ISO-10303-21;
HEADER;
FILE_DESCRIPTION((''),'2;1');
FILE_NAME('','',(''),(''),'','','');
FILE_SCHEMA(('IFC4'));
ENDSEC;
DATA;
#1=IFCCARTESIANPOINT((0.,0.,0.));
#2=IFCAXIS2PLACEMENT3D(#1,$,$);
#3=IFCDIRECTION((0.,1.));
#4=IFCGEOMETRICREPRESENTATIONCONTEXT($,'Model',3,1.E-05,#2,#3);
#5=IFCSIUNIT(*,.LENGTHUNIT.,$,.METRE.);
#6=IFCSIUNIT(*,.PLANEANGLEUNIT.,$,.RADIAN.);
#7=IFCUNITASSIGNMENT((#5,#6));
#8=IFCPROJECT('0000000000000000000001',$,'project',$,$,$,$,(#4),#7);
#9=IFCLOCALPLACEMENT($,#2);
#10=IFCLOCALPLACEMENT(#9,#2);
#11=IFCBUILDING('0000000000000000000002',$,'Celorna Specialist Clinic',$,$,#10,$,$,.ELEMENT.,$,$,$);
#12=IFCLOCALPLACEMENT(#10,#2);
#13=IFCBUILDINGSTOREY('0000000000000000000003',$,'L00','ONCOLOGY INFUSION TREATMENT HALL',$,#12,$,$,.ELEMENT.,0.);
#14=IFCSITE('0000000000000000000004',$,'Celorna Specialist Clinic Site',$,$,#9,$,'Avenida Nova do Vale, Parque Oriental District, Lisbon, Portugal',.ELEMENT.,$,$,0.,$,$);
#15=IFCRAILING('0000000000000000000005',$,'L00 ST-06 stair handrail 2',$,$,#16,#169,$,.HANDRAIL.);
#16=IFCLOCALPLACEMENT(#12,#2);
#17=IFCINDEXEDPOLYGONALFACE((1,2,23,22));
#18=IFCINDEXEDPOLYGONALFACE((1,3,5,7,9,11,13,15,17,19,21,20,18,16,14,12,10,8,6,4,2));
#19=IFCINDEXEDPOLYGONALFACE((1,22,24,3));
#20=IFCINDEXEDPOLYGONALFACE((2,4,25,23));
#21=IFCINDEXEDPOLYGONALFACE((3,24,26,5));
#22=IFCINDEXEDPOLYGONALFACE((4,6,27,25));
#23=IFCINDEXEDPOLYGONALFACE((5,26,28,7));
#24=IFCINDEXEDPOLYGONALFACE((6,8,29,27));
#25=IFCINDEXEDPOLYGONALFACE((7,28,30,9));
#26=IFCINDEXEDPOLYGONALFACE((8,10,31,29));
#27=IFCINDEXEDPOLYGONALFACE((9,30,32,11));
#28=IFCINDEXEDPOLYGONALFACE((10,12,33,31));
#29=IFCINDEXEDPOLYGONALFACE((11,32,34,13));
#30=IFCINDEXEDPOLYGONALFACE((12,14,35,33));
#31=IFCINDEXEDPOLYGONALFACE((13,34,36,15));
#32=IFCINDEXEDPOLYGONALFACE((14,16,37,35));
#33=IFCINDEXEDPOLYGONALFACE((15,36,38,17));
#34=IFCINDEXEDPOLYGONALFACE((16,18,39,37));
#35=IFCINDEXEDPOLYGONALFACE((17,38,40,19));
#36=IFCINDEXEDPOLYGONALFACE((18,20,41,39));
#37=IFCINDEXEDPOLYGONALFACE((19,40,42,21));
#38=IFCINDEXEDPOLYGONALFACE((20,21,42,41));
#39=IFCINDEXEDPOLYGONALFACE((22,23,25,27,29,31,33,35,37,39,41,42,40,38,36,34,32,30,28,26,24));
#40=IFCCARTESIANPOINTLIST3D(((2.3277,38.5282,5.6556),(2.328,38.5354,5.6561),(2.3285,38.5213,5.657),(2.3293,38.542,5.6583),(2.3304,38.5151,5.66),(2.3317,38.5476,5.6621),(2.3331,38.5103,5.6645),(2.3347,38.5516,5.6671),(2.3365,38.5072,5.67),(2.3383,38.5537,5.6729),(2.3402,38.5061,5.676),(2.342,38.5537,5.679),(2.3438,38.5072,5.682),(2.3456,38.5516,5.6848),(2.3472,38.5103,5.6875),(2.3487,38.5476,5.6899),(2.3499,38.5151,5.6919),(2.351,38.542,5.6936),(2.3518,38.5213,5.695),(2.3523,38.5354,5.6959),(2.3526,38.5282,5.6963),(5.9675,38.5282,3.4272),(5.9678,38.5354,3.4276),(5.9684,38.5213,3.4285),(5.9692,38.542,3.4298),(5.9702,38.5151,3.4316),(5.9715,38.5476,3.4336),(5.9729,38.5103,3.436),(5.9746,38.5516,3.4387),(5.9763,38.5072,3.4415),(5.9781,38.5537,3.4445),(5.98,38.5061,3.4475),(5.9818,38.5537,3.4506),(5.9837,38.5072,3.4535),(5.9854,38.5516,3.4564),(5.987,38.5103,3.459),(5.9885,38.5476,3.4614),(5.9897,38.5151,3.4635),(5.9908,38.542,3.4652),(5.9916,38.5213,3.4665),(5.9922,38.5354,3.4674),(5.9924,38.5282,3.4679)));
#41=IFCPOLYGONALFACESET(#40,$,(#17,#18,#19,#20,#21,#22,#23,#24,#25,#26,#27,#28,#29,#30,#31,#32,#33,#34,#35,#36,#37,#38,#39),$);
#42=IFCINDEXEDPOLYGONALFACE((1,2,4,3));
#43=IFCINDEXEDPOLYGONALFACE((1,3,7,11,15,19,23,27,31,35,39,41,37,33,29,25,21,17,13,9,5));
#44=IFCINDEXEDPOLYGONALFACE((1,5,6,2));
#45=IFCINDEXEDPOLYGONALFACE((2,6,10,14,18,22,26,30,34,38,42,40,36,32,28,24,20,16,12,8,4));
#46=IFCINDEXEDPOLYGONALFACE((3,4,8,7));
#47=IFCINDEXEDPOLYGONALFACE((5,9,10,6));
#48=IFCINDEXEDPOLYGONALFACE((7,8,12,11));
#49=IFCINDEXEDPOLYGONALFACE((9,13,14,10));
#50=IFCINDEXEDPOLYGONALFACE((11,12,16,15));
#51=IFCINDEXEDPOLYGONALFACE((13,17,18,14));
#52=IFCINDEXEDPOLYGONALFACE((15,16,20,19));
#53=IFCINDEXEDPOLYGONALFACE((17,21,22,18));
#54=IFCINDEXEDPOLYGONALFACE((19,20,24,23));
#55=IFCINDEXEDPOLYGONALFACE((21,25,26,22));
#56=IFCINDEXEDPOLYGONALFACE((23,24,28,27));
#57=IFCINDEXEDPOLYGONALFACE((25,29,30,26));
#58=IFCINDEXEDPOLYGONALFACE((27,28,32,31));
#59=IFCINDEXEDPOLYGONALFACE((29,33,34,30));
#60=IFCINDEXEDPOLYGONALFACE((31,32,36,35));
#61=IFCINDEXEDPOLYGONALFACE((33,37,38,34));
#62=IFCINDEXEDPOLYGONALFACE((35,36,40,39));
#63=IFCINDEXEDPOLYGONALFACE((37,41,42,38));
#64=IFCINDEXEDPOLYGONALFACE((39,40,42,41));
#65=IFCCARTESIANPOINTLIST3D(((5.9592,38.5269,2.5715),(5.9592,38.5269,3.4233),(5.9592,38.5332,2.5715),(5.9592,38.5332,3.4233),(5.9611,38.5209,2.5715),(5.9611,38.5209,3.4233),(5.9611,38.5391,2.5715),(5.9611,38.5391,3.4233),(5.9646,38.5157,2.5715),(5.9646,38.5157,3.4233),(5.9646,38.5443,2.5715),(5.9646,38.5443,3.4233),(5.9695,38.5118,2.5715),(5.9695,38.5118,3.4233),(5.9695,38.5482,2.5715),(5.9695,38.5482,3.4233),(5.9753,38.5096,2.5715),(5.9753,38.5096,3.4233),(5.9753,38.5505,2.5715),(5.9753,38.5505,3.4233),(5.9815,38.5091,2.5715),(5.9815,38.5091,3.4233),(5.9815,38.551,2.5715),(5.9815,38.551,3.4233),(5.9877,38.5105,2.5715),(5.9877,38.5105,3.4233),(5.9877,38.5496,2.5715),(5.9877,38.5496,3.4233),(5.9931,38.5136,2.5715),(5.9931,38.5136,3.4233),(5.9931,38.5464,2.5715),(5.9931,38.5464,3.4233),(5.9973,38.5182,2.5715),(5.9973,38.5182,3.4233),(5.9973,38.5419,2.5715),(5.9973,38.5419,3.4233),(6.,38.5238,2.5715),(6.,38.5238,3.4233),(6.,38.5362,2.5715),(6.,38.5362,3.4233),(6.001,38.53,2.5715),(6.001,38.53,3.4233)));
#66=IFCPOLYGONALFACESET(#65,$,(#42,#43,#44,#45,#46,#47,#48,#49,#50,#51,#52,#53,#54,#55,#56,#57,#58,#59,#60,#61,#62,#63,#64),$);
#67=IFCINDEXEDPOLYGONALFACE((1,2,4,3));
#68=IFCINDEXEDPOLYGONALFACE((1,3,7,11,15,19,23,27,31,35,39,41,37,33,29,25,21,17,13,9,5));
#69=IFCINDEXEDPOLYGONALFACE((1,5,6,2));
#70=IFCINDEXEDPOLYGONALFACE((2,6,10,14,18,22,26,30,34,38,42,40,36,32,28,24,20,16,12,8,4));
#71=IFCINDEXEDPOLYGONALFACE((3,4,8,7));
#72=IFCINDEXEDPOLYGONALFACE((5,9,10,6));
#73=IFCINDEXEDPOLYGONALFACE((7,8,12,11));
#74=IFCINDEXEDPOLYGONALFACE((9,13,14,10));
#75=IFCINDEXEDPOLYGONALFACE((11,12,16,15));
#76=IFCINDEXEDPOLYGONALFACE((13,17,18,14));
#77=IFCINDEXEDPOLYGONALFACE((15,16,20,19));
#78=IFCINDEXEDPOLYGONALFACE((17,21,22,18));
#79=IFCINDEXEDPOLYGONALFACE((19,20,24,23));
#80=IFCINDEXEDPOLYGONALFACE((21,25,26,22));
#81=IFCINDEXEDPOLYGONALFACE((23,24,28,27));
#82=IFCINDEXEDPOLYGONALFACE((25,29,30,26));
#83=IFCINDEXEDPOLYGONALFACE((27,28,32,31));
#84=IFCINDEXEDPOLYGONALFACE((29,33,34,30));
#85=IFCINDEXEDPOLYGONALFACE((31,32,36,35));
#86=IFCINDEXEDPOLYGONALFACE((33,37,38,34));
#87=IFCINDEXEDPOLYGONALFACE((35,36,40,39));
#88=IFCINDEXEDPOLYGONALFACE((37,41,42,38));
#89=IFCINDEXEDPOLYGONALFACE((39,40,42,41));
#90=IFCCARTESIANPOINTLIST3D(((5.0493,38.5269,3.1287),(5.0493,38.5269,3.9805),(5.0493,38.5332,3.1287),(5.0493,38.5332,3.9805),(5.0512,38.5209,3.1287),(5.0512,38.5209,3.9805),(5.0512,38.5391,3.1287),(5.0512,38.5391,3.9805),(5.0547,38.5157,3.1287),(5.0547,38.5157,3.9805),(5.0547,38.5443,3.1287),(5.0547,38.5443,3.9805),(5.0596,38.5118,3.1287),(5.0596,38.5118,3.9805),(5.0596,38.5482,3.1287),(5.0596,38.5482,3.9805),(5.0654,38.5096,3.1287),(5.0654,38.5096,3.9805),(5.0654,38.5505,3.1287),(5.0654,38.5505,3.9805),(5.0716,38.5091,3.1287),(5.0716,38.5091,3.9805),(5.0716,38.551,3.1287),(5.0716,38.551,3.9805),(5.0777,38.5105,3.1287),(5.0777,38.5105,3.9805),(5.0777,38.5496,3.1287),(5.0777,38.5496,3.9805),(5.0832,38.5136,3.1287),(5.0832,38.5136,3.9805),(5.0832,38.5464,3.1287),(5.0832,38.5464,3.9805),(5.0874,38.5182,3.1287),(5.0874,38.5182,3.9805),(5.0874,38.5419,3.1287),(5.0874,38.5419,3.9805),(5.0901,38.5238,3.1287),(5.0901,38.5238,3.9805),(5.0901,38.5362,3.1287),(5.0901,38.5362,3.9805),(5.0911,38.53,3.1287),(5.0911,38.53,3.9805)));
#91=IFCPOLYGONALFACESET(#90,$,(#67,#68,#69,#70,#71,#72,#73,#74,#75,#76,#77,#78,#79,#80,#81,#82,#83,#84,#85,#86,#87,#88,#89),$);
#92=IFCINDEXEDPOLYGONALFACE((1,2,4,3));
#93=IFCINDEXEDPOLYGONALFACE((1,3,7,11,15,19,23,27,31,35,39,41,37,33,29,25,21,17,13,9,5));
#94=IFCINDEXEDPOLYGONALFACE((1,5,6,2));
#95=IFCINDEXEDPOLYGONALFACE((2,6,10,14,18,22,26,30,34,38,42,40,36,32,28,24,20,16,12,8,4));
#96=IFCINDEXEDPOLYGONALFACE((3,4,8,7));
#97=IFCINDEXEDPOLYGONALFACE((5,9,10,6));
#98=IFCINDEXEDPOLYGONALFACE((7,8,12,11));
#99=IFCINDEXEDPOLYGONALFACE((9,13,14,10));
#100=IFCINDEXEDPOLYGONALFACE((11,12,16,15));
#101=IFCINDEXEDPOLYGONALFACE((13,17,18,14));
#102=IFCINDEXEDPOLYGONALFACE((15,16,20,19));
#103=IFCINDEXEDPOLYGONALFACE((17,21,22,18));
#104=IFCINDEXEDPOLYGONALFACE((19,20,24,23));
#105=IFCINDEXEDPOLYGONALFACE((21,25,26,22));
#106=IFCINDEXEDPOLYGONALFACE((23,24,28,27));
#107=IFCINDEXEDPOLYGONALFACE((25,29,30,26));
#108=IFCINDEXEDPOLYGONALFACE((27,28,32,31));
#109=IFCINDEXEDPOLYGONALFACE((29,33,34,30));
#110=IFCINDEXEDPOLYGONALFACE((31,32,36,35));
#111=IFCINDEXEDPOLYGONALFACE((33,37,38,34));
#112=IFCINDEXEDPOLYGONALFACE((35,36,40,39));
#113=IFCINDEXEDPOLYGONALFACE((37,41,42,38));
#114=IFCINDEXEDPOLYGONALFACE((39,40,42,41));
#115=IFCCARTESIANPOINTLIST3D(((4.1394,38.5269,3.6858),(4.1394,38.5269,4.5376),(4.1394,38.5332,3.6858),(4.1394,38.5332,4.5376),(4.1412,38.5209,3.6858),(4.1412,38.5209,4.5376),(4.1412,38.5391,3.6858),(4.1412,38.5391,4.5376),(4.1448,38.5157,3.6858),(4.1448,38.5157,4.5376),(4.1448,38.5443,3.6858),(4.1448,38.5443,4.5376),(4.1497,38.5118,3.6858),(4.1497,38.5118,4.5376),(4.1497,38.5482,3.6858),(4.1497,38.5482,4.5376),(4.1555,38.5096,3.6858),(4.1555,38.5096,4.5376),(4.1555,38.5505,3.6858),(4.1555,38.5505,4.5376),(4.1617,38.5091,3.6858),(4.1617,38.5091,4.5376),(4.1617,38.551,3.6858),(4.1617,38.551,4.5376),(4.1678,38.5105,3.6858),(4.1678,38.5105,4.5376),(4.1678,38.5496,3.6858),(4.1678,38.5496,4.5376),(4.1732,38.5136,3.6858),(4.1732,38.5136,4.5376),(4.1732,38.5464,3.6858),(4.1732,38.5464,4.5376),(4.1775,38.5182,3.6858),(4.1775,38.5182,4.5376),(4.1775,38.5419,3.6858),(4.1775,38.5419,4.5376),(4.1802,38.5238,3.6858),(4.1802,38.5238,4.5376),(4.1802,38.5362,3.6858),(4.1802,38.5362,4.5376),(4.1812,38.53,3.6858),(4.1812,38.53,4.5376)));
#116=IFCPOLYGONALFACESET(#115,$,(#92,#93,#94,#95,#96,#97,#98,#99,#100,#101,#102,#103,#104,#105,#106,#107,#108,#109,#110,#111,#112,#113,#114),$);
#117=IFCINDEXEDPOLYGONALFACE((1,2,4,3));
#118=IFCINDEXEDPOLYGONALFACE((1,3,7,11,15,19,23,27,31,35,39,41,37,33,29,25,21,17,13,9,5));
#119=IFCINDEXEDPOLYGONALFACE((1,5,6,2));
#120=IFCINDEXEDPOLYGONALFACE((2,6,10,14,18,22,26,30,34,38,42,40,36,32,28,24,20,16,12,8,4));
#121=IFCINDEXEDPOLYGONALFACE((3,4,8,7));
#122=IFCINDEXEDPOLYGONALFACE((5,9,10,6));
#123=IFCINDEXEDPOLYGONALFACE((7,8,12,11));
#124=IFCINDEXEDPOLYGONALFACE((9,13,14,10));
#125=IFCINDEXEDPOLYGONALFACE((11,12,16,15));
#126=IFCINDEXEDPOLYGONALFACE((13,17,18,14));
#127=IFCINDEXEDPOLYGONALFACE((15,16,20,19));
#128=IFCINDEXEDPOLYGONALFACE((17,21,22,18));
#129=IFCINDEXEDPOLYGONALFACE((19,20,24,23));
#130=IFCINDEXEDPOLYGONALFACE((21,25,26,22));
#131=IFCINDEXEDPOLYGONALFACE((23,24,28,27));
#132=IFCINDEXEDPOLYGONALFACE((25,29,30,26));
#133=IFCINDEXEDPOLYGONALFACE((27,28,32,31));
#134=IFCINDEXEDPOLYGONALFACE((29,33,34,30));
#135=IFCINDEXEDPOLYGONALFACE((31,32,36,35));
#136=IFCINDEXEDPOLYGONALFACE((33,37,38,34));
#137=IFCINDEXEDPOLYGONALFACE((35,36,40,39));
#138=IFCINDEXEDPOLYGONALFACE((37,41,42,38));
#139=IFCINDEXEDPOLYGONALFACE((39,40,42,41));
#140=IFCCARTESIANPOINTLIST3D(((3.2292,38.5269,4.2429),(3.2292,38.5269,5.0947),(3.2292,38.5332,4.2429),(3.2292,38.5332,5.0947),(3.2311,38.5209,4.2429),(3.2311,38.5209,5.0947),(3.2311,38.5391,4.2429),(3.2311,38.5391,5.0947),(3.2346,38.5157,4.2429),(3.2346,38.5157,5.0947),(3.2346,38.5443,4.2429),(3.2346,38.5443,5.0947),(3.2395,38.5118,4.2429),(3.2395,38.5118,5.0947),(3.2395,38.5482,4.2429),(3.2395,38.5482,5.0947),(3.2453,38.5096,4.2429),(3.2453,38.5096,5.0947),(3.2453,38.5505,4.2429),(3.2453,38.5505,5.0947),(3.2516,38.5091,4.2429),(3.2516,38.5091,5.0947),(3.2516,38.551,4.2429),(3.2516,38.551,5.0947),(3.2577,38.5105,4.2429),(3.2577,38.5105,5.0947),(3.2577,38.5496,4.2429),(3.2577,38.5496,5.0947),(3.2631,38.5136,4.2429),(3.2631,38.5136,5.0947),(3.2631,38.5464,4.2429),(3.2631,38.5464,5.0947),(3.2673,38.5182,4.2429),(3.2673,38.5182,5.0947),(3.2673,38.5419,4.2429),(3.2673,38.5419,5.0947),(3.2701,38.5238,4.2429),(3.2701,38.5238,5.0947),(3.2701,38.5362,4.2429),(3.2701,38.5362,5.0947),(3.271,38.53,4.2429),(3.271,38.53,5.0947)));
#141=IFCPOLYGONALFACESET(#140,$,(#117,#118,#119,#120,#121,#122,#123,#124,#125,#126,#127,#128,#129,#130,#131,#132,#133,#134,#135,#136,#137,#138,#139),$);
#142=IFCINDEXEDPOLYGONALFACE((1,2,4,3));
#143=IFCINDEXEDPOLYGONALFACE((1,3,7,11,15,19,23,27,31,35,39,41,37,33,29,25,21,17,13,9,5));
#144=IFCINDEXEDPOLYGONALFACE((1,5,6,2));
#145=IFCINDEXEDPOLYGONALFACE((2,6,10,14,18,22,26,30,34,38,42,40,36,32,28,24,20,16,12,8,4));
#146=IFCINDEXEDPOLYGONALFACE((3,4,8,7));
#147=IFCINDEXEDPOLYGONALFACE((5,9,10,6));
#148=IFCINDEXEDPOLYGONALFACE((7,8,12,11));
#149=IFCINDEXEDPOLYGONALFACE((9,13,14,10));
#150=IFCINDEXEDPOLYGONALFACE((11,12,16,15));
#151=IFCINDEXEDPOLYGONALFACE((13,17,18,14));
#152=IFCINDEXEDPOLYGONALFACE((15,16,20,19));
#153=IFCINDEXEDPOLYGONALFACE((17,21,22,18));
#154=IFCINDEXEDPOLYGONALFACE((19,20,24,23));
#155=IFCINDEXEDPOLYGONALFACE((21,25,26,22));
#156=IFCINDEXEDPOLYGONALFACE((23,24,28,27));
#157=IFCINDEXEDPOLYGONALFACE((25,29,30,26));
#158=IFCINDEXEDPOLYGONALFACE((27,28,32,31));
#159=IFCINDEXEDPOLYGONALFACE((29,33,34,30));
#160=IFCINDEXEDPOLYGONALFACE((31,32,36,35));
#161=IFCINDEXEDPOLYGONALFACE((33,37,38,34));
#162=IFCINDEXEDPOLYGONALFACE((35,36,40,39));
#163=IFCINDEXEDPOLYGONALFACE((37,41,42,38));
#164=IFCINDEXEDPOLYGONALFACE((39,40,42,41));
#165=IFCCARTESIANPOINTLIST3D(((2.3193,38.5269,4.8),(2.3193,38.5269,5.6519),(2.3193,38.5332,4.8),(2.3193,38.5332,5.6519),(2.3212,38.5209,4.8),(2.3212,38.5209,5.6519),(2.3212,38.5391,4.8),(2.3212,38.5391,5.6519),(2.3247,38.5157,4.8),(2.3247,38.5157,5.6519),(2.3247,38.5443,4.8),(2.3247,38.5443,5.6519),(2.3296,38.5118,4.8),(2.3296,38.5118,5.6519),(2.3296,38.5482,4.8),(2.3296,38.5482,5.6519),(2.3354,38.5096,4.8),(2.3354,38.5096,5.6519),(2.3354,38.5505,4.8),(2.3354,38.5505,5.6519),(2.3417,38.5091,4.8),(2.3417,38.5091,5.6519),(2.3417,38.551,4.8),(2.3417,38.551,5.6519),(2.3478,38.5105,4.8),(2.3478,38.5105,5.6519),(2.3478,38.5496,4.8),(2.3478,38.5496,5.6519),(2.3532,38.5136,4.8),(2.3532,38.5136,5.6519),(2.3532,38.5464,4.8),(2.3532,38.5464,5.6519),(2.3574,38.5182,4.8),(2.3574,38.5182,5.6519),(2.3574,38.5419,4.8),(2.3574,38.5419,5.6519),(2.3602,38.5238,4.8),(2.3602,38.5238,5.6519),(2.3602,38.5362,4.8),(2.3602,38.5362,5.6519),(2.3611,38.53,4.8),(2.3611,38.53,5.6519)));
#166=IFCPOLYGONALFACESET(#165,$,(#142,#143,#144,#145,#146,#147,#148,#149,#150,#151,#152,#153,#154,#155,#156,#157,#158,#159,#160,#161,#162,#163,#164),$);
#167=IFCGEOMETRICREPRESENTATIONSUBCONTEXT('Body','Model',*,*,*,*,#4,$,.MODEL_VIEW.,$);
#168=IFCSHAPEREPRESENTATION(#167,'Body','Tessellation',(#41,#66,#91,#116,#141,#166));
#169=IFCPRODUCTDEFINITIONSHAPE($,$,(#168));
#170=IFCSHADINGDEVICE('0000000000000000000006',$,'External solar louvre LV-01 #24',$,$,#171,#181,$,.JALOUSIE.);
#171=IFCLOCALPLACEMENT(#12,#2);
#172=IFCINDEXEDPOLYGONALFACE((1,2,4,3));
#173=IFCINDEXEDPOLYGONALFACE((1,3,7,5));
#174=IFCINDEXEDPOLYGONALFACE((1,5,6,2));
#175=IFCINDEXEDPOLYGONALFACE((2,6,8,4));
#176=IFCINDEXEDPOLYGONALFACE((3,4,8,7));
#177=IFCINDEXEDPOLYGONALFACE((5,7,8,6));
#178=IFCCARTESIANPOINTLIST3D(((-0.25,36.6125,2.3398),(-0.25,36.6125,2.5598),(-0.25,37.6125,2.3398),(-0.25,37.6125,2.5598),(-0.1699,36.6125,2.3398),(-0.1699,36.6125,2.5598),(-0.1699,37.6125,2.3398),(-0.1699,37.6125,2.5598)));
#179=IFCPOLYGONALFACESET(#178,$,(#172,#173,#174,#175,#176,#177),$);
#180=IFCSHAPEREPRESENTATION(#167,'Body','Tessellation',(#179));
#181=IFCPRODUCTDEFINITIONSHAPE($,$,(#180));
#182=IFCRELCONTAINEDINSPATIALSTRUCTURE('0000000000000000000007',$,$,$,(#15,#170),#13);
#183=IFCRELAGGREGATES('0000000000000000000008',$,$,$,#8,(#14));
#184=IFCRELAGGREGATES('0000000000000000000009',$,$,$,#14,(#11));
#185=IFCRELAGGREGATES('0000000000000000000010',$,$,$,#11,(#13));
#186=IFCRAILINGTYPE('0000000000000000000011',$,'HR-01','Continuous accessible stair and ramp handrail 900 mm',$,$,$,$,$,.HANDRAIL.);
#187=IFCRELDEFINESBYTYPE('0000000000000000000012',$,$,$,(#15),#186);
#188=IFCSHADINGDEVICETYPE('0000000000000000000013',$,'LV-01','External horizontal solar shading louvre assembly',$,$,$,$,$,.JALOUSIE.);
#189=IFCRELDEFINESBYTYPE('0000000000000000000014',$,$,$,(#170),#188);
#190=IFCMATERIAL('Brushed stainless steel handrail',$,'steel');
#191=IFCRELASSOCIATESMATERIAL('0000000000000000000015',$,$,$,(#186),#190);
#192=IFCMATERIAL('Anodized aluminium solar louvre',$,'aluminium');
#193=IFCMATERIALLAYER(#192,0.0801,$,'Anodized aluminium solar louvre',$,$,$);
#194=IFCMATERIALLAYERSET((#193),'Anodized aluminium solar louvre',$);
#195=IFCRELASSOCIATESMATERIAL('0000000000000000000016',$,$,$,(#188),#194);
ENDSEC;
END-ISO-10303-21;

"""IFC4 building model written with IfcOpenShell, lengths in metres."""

from ifc_helpers import new_model, si_unit, direction, frame, origin, origin_2d, place, context, subcontext, project, spatial, rectangle, circle, extrude, material, layer, layer_set, type_object, element, save


model = new_model("IFC4")

# Units and contexts
model_context = context("Model", 3, precision=1e-05, world=origin(), true_north=direction((0.0, 1.0)))
body_context = subcontext(model_context, "Body", "Model", "MODEL_VIEW")
ifc_project = project(units=[si_unit("LENGTHUNIT", "METRE"), si_unit("PLANEANGLEUNIT", "RADIAN")], contexts=[model_context])

# Site, building, storey
site_placement = place(None, origin())
site = spatial("IfcSite", under=ifc_project, at=site_placement, Name="Celorna Specialist Clinic Site", LongName="Avenida Nova do Vale, Parque Oriental District, Lisbon, Portugal", CompositionType="ELEMENT", RefElevation=0.0)
building_placement = place(site_placement, origin())
building = spatial("IfcBuilding", under=site, at=building_placement, Name="Celorna Specialist Clinic", CompositionType="ELEMENT")
storey_placement = place(building_placement, origin())
storey = spatial("IfcBuildingStorey", under=building, at=storey_placement, Name="L00", Description="ONCOLOGY INFUSION TREATMENT HALL", CompositionType="ELEMENT", Elevation=0.0)

# Railing
ifc_material_1 = material(Name="Brushed stainless steel handrail", Category="steel")
railing_type_1 = type_object("IfcRailingType", Name="HR-01", Description="Continuous accessible stair and ramp handrail 900 mm", PredefinedType="HANDRAIL", material=ifc_material_1)
railing_1_placement = place(storey_placement, frame((5.98, 38.53, 2.5715)))
element("IfcRailing", 1, at=railing_1_placement, inside=storey, type_object=railing_type_1, Name="L00 ST-06 stair handrail 2", PredefinedType="HANDRAIL", context=body_context, shape_type="SweptSolid", body=[
    extrude(circle(Radius=0.0239, at=origin_2d()), frame((0.0, 0.0, 0.876), z_axis=(-0.85285, 0.0, 0.522156), x_axis=(0.0, -1.0, 0.0)), (0.0, 0.0, 1.0), 4.2678),
    extrude(circle(Radius=0.021, at=origin_2d()), origin(), (0.0, 0.0, 1.0), 0.8518),
    extrude(circle(Radius=0.021, at=origin_2d()), frame((-0.9099, 0.0, 0.5571)), (0.0, 0.0, 1.0), 0.8518),
    extrude(circle(Radius=0.021, at=origin_2d()), frame((-1.8198, 0.0, 1.1143)), (0.0, 0.0, 1.0), 0.8518),
    extrude(circle(Radius=0.021, at=origin_2d()), frame((-2.73, 0.0, 1.6714)), (0.0, 0.0, 1.0), 0.8518),
    extrude(circle(Radius=0.021, at=origin_2d()), frame((-3.6399, 0.0, 2.2285)), (0.0, 0.0, 1.0), 0.8518),
])

# Shading device
ifc_material_2 = material(Name="Anodized aluminium solar louvre", Category="aluminium")
ifc_layer_1 = layer(ifc_material_2, 0.0801, Name="Anodized aluminium solar louvre")
ifc_layer_set_1 = layer_set([ifc_layer_1], Name="Anodized aluminium solar louvre")
shading_device_type = type_object("IfcShadingDeviceType", Name="LV-01", Description="External horizontal solar shading louvre assembly", PredefinedType="JALOUSIE", material=ifc_layer_set_1)
shading_device_placement = place(storey_placement, frame((-0.21, 37.1125, 2.3398), z_axis=(0.0, 0.0, 1.0), x_axis=(0.0, 1.0, 0.0)))
element("IfcShadingDevice", 2, at=shading_device_placement, inside=storey, type_object=shading_device_type, Name="External solar louvre LV-01 #24", PredefinedType="JALOUSIE", context=body_context, shape_type="SweptSolid", body=[
    extrude(rectangle(XDim=1.0, YDim=0.0801, at=origin_2d()), origin(), (0.0, 0.0, 1.0), 0.22),
])

save(model, "model.ifc")
